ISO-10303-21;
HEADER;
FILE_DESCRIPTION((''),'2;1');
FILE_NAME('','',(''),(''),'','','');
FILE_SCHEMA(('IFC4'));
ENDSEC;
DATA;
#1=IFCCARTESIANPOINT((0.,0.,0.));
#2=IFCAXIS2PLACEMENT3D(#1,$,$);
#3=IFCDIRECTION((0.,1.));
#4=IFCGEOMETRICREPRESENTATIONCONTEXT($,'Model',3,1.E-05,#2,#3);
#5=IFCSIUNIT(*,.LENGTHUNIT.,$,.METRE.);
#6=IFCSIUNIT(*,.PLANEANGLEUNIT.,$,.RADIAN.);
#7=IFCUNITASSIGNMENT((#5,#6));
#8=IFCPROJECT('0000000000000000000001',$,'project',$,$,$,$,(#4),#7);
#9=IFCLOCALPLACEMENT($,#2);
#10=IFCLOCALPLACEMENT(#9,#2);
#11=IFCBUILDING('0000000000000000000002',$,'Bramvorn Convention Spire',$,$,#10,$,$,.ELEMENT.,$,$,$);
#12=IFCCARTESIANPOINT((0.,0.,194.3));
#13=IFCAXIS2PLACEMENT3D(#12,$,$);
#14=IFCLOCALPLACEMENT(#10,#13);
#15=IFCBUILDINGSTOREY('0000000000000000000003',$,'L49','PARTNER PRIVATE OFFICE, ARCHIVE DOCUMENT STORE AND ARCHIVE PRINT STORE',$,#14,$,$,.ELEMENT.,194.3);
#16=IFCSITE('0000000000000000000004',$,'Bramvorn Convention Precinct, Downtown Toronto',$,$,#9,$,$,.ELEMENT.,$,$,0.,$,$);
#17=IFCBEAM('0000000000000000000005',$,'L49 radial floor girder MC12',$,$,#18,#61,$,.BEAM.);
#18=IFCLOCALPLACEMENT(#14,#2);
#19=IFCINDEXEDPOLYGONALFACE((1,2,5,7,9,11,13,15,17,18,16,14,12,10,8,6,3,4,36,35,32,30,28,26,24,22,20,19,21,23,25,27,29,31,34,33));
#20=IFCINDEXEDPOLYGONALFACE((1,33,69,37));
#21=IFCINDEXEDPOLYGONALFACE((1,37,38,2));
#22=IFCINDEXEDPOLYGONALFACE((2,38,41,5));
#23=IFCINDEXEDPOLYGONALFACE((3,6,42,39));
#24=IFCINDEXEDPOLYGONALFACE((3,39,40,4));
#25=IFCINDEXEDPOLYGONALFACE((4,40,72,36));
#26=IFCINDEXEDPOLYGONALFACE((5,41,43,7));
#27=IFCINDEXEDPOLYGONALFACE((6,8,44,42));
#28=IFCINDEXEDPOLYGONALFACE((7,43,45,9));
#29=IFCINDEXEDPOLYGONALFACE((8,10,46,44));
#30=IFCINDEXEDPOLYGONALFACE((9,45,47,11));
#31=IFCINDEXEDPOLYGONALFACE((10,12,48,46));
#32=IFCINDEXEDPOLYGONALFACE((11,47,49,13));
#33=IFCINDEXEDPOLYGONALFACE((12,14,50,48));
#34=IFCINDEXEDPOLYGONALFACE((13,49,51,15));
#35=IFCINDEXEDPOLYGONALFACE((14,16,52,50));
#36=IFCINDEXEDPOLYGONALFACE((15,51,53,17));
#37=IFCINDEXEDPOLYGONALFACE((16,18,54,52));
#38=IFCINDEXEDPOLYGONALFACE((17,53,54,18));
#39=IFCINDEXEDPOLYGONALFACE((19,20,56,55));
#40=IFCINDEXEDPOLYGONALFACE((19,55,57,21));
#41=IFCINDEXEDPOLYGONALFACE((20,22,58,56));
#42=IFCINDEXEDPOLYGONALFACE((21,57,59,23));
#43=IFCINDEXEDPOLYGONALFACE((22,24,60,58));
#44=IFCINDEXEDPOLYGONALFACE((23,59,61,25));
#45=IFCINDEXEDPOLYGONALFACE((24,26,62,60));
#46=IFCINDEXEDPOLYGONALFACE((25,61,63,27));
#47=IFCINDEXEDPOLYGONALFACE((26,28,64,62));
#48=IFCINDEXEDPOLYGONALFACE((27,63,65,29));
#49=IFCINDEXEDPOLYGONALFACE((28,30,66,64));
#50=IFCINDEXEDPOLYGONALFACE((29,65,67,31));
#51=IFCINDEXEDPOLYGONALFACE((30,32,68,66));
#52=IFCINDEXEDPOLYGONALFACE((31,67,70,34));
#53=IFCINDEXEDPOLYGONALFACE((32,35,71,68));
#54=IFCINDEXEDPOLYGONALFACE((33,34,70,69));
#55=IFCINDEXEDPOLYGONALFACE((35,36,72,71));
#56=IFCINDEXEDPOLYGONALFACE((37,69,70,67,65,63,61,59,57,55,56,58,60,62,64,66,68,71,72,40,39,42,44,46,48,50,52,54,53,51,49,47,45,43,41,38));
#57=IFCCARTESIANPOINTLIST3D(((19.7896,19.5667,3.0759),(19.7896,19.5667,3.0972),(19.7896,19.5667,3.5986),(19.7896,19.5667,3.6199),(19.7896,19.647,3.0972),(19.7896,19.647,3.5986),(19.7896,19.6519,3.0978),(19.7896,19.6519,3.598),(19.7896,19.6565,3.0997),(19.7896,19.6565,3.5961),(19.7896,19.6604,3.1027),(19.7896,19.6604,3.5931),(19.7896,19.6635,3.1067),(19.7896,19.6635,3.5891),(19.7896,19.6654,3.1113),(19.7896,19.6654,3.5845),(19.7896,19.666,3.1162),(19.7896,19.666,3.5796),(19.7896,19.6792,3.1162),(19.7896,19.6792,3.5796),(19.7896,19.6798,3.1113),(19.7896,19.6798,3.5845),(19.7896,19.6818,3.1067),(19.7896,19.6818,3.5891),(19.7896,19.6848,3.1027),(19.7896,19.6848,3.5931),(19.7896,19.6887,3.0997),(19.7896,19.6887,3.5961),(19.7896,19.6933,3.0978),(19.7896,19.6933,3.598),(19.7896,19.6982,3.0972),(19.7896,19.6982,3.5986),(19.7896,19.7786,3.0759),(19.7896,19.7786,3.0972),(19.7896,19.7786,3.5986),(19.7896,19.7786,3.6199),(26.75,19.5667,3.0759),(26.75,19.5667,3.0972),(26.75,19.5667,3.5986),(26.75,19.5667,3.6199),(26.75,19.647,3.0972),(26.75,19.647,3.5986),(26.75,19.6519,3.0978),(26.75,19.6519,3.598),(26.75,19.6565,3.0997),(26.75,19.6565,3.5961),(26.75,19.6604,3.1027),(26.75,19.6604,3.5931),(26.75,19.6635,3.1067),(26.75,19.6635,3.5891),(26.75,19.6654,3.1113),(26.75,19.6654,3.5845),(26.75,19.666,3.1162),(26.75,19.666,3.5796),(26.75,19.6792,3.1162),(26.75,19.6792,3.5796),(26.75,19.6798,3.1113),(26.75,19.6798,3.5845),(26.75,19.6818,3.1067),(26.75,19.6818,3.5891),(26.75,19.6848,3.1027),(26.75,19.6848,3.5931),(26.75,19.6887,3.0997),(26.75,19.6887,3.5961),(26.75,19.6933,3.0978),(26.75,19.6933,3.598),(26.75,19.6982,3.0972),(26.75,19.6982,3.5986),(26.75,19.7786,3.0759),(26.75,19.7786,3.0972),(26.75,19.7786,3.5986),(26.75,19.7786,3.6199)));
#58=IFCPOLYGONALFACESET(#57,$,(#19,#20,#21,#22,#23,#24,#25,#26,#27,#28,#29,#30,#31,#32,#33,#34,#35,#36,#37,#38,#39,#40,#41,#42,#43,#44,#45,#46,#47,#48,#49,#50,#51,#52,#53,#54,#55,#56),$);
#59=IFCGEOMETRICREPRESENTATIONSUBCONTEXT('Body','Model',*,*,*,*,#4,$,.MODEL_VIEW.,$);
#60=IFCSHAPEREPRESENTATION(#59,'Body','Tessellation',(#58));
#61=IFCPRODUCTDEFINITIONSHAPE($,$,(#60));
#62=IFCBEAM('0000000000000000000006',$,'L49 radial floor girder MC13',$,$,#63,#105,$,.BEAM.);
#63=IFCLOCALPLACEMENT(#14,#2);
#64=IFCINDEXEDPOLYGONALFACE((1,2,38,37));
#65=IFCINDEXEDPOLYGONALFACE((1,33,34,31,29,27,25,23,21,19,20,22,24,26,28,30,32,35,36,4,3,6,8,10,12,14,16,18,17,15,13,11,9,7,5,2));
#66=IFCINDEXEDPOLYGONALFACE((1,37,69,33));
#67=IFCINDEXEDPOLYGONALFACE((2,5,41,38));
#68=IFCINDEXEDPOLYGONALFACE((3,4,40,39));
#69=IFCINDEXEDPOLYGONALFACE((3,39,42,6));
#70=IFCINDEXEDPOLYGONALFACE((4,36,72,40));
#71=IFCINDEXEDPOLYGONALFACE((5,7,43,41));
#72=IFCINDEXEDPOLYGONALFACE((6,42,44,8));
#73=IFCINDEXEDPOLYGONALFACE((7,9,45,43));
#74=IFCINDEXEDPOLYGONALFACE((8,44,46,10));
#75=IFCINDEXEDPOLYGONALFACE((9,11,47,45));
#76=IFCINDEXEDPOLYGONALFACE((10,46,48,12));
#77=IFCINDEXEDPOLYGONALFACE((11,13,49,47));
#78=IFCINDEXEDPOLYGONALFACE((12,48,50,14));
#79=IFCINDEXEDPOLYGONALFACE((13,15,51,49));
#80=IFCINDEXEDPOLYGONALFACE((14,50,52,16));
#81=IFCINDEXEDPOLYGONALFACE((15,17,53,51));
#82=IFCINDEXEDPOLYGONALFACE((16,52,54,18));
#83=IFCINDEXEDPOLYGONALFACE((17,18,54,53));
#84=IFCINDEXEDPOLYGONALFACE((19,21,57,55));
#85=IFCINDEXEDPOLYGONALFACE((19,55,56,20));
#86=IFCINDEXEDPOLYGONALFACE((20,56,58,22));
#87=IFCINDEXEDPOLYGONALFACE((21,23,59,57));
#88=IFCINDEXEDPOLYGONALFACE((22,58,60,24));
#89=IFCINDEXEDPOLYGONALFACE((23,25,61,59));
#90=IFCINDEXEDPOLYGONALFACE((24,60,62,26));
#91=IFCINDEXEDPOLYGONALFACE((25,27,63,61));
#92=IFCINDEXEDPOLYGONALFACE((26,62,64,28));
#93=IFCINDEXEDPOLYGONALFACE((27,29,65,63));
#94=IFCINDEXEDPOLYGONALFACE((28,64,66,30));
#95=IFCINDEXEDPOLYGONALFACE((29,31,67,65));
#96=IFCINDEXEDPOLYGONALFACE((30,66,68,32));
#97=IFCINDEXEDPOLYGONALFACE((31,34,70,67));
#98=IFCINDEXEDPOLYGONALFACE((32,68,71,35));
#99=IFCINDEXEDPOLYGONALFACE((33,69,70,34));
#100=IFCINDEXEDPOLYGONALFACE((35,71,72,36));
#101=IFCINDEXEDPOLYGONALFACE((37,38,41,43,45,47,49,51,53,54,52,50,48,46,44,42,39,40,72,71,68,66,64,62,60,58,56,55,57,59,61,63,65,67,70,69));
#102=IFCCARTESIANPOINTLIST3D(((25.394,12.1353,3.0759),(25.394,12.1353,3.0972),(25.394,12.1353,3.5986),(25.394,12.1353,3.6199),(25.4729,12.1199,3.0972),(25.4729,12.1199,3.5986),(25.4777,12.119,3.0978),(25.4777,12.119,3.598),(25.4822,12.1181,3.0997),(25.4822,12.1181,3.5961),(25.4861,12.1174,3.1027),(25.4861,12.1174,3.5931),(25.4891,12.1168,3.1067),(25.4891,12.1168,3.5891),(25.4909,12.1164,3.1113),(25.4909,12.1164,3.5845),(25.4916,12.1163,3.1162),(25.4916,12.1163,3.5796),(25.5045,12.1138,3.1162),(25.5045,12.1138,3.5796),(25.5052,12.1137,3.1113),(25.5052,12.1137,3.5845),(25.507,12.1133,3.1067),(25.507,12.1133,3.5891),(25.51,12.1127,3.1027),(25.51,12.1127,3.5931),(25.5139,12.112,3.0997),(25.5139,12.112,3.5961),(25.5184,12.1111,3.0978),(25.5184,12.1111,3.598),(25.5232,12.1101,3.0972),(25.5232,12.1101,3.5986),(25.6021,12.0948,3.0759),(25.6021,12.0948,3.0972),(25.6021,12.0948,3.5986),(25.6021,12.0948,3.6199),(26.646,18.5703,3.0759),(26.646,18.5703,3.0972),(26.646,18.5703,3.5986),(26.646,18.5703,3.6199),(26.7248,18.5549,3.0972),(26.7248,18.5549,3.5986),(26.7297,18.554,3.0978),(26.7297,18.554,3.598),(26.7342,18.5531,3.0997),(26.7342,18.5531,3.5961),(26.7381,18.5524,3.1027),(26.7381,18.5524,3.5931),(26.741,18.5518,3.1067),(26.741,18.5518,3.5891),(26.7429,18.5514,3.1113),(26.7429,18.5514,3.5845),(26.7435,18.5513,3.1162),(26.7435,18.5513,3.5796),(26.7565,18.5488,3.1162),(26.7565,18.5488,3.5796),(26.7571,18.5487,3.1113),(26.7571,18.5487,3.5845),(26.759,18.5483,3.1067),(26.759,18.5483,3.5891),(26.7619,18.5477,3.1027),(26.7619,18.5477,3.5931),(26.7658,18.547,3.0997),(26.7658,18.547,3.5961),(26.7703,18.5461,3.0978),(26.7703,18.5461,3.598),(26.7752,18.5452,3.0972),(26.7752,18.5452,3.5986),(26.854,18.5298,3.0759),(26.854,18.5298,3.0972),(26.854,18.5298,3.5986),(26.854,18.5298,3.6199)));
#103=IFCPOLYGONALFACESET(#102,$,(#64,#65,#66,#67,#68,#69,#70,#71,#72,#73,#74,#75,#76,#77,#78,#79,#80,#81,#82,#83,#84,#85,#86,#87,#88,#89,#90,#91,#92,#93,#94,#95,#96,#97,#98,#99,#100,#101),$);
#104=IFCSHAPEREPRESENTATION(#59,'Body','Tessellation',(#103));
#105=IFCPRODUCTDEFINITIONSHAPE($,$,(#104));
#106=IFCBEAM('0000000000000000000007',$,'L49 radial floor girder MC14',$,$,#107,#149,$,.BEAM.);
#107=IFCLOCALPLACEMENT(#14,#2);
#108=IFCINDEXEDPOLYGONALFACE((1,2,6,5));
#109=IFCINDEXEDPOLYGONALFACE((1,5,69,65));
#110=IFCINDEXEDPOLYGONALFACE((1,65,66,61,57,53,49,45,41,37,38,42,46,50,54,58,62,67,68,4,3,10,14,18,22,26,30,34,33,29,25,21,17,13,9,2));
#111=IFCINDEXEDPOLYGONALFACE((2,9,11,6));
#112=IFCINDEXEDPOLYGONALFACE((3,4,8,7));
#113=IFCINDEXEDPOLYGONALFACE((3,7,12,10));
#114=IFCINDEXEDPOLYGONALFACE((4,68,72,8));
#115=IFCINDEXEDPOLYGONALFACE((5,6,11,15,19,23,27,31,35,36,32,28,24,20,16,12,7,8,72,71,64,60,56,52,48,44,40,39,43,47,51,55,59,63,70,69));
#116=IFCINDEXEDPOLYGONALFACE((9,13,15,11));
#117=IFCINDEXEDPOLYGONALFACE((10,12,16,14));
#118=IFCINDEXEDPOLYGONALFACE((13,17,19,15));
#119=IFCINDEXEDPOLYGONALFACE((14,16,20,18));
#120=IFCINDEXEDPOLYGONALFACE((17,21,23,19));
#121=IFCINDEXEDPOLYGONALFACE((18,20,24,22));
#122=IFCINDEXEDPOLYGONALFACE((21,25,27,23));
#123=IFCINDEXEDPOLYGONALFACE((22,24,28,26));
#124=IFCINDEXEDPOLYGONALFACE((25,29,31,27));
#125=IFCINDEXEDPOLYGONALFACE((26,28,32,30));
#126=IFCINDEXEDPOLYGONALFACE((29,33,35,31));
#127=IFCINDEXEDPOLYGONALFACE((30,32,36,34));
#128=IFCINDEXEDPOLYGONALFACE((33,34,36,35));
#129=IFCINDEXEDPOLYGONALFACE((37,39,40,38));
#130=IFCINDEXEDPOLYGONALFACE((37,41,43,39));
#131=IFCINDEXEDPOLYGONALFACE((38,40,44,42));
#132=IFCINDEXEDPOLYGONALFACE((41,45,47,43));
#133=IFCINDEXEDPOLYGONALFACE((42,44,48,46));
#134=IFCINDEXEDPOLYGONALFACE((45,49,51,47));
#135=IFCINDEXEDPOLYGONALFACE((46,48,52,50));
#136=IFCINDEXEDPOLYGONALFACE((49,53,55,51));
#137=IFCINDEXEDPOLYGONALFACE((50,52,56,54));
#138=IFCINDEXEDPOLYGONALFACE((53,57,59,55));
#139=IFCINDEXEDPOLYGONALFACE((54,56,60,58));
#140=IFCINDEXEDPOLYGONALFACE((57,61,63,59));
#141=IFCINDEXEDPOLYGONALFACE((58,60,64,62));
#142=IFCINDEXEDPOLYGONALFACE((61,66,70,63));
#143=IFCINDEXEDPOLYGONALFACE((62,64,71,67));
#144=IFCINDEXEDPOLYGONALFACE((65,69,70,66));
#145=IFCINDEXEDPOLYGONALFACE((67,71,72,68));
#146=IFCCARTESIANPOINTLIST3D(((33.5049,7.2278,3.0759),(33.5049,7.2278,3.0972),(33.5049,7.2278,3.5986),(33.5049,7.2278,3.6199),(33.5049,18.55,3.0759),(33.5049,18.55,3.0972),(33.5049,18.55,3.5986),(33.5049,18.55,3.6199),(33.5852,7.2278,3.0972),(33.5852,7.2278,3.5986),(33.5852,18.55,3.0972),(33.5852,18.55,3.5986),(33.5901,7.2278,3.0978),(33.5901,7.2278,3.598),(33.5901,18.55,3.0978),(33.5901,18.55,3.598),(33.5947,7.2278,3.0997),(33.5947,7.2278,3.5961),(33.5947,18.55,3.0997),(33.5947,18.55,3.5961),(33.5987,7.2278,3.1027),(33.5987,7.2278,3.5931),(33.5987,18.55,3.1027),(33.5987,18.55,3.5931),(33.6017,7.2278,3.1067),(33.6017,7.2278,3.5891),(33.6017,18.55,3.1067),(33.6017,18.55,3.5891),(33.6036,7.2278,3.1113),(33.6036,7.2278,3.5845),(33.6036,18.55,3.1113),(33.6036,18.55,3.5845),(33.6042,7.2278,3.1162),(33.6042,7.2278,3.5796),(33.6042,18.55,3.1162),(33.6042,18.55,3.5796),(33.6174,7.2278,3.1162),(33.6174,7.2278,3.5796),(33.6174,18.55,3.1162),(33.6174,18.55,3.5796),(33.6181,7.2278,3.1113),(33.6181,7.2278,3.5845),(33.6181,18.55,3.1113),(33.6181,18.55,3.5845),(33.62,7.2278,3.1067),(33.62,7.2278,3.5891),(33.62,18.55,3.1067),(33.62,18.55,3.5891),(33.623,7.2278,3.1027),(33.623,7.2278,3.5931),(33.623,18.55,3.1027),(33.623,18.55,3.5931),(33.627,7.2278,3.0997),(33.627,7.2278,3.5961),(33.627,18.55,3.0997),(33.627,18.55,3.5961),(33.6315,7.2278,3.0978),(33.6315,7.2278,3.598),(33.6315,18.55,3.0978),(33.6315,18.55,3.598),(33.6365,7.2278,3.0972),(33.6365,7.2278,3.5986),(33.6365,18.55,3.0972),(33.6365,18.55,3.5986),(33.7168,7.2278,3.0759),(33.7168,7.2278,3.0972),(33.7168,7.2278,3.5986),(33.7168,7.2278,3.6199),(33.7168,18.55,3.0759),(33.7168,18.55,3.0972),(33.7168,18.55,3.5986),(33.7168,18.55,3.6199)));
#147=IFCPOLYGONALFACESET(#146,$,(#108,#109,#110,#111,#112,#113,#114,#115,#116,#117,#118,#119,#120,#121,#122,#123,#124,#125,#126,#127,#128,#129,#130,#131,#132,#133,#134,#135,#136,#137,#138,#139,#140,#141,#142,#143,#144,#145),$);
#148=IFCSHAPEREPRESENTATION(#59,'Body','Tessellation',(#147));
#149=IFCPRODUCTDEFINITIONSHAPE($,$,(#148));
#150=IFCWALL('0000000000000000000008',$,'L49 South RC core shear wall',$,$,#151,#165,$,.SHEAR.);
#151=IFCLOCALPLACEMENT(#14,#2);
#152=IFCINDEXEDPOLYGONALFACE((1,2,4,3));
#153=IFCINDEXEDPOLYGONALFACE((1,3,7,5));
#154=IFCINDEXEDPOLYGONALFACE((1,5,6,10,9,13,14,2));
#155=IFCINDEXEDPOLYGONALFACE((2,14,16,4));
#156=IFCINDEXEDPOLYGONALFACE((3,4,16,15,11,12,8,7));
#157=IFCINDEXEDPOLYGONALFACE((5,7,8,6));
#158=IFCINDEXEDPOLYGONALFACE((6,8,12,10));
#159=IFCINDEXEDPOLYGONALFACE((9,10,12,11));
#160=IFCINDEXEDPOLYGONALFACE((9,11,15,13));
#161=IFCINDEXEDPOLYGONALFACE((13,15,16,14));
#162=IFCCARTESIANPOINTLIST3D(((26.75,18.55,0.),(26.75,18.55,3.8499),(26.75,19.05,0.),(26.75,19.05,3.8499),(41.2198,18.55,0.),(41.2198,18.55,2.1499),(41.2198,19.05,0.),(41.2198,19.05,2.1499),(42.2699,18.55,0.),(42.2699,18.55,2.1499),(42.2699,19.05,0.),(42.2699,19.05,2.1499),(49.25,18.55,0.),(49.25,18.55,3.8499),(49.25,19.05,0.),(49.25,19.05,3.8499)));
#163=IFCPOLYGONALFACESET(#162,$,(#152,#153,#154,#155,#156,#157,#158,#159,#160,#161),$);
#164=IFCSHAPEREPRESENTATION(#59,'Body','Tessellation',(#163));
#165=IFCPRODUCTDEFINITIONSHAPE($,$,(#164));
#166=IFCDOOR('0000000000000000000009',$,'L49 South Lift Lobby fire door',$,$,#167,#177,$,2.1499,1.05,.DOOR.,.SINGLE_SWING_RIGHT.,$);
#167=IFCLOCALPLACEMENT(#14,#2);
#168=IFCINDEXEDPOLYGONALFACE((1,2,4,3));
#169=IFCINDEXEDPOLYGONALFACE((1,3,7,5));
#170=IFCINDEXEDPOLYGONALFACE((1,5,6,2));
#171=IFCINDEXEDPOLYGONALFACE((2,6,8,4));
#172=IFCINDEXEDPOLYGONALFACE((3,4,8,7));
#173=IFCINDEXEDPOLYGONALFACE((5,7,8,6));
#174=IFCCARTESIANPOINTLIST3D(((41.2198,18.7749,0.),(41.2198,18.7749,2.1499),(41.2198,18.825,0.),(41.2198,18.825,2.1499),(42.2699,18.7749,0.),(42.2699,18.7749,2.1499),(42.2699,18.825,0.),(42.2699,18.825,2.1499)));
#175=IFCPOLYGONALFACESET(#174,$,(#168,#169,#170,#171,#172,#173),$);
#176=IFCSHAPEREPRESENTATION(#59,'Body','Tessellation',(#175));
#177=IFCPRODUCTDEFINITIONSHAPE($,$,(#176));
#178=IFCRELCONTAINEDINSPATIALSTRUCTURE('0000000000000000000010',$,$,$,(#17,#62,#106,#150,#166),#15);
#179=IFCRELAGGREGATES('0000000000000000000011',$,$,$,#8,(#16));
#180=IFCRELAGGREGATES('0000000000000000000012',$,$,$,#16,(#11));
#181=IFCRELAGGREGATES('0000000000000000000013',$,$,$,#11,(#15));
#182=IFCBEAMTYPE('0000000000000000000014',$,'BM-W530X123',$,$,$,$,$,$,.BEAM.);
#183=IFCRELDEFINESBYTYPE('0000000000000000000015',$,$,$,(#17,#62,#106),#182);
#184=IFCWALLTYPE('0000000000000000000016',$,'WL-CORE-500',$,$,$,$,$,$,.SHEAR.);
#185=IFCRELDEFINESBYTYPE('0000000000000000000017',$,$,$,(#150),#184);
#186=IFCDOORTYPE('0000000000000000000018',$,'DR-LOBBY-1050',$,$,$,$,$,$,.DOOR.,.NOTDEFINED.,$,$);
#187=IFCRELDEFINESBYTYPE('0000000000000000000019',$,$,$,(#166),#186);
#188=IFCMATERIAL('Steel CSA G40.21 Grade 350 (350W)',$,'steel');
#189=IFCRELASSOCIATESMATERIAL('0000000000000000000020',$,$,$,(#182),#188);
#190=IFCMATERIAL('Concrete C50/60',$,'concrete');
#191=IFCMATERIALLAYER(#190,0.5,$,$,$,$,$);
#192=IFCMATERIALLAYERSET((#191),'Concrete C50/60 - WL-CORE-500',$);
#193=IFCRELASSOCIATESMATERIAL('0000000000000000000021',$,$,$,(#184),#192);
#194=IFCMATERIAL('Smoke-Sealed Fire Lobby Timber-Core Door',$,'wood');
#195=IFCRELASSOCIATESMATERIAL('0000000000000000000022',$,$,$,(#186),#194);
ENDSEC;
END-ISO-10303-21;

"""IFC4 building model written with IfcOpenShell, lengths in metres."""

from ifc_helpers import new_model, si_unit, direction, frame, frame_2d, origin, origin_2d, place, context, subcontext, project, spatial, rectangle, i_section, extrude, material, layer, layer_set, material_profile, profile_set, type_object, element, fill, save


model = new_model("IFC4")

# Units and contexts
model_context = context("Model", 3, precision=1e-05, world=origin(), true_north=direction((0.0, 1.0)))
body_context = subcontext(model_context, "Body", "Model", "MODEL_VIEW")
ifc_project = project(units=[si_unit("LENGTHUNIT", "METRE"), si_unit("PLANEANGLEUNIT", "RADIAN")], contexts=[model_context])

# Site, building, storey
site_placement = place(None, origin())
site = spatial("IfcSite", under=ifc_project, at=site_placement, Name="Bramvorn Convention Precinct, Downtown Toronto", CompositionType="ELEMENT", RefElevation=0.0)
building_placement = place(site_placement, origin())
building = spatial("IfcBuilding", under=site, at=building_placement, Name="Bramvorn Convention Spire", CompositionType="ELEMENT")
storey_placement = place(building_placement, frame((0.0, 0.0, 194.3)))
storey = spatial("IfcBuildingStorey", under=building, at=storey_placement, Name="L49", Description="PARTNER PRIVATE OFFICE, ARCHIVE DOCUMENT STORE AND ARCHIVE PRINT STORE", CompositionType="ELEMENT", Elevation=194.3)

# Shared definitions
ifc_material_1 = material(Name="Steel CSA G40.21 Grade 350 (350W)", Category="steel")

# Beams
ifc_material_profile_1 = material_profile(ifc_material_1, i_section(OverallWidth=0.2119, OverallDepth=0.5439, WebThickness=0.0132, FlangeThickness=0.0212, FilletRadius=0.019, at=origin_2d()))
ifc_profile_set_1 = profile_set([ifc_material_profile_1], Name="Steel CSA G40.21 Grade 350 (350W) - W530X123")
beam_type_1 = type_object("IfcBeamType", Name="BM-W530X123", PredefinedType="BEAM", material=ifc_profile_set_1)
beam_1_placement = place(storey_placement, frame((26.75, 19.6726, 3.3479), z_axis=(-1.0, 0.0, 0.0), x_axis=(0.0, -1.0, 0.0)))
element("IfcBeam", 1, at=beam_1_placement, inside=storey, type_object=beam_type_1, Name="L49 radial floor girder MC12", PredefinedType="BEAM", context=body_context, shape_type="SweptSolid", body=[
    extrude(i_section(OverallWidth=0.2119, OverallDepth=0.5439, WebThickness=0.0132, FlangeThickness=0.0212, FilletRadius=0.019, at=origin_2d()), origin(), (0.0, 0.0, 1.0), 6.9604),
])
beam_2_placement = place(storey_placement, frame((26.75, 18.55, 3.3479), z_axis=(-0.190971, -0.981596, 0.0), x_axis=(0.981596, -0.190971, 0.0)))
element("IfcBeam", 2, at=beam_2_placement, inside=storey, type_object=beam_type_1, Name="L49 radial floor girder MC13", PredefinedType="BEAM", context=body_context, shape_type="SweptSolid", body=[
    extrude(i_section(OverallWidth=0.2119, OverallDepth=0.5439, WebThickness=0.0132, FlangeThickness=0.0212, FilletRadius=0.019, at=origin_2d()), origin(), (0.0, 0.0, 1.0), 6.5557),
])
beam_3_placement = place(storey_placement, frame((33.6108, 18.55, 3.3479), z_axis=(0.0, -1.0, 0.0), x_axis=(1.0, 0.0, 0.0)))
element("IfcBeam", 3, at=beam_3_placement, inside=storey, type_object=beam_type_1, Name="L49 radial floor girder MC14", PredefinedType="BEAM", context=body_context, shape_type="SweptSolid", body=[
    extrude(i_section(OverallWidth=0.2119, OverallDepth=0.5439, WebThickness=0.0132, FlangeThickness=0.0212, FilletRadius=0.019, at=origin_2d()), origin(), (0.0, 0.0, 1.0), 11.3223),
])

# Wall, opening, door
ifc_material_2 = material(Name="Concrete C50/60", Category="concrete")
ifc_layer_1 = layer(ifc_material_2, 0.5)
ifc_layer_set_1 = layer_set([ifc_layer_1], Name="Concrete C50/60 - WL-CORE-500")
wall_type_1 = type_object("IfcWallType", Name="WL-CORE-500", PredefinedType="SHEAR", material=ifc_layer_set_1)
wall_1_placement = place(storey_placement, frame((26.75, 18.8, 0.0), z_axis=(0.0, 0.0, 1.0), x_axis=(1.0, 0.0, 0.0)))
wall_1 = element("IfcWall", 4, at=wall_1_placement, inside=storey, type_object=wall_type_1, Name="L49 South RC core shear wall", PredefinedType="SHEAR", context=body_context, shape_type="SweptSolid", body=[
    extrude(rectangle(XDim=22.5, YDim=0.5, at=frame_2d((11.25, 0.0))), origin(), (0.0, 0.0, 1.0), 3.8499),
])
opening_1_placement = place(wall_1_placement, frame((14.47, 0.0, 0.0)))
opening_1 = element("IfcOpeningElement", 5, at=opening_1_placement, cuts=wall_1, PredefinedType="OPENING", context=body_context, shape_type="SweptSolid", body=[
    extrude(rectangle(XDim=1.05, YDim=2.1499, at=frame_2d((0.5249, 1.075))), frame((0.0, 0.26, 0.0), z_axis=(0.0, -1.0, 0.0), x_axis=(1.0, 0.0, 0.0)), (0.0, 0.0, 1.0), 0.52),
])
ifc_material_3 = material(Name="Smoke-Sealed Fire Lobby Timber-Core Door", Category="wood")
door_type = type_object("IfcDoorType", Name="DR-LOBBY-1050", OperationType="NOTDEFINED", PredefinedType="DOOR", material=ifc_material_3)
door_1_placement = place(opening_1_placement, origin())
door_1 = element("IfcDoor", 6, at=door_1_placement, inside=storey, type_object=door_type, Name="L49 South Lift Lobby fire door", OperationType="SINGLE_SWING_RIGHT", OverallHeight=2.1499, OverallWidth=1.05, PredefinedType="DOOR", context=body_context, shape_type="SweptSolid", body=[
    extrude(rectangle(XDim=1.05, YDim=2.1499, at=frame_2d((0.5249, 1.075))), frame((0.0, 0.0249, 0.0), z_axis=(0.0, -1.0, 0.0), x_axis=(1.0, 0.0, 0.0)), (0.0, 0.0, 1.0), 0.05),
])
fill(opening_1, door_1)

save(model, "model.ifc")
